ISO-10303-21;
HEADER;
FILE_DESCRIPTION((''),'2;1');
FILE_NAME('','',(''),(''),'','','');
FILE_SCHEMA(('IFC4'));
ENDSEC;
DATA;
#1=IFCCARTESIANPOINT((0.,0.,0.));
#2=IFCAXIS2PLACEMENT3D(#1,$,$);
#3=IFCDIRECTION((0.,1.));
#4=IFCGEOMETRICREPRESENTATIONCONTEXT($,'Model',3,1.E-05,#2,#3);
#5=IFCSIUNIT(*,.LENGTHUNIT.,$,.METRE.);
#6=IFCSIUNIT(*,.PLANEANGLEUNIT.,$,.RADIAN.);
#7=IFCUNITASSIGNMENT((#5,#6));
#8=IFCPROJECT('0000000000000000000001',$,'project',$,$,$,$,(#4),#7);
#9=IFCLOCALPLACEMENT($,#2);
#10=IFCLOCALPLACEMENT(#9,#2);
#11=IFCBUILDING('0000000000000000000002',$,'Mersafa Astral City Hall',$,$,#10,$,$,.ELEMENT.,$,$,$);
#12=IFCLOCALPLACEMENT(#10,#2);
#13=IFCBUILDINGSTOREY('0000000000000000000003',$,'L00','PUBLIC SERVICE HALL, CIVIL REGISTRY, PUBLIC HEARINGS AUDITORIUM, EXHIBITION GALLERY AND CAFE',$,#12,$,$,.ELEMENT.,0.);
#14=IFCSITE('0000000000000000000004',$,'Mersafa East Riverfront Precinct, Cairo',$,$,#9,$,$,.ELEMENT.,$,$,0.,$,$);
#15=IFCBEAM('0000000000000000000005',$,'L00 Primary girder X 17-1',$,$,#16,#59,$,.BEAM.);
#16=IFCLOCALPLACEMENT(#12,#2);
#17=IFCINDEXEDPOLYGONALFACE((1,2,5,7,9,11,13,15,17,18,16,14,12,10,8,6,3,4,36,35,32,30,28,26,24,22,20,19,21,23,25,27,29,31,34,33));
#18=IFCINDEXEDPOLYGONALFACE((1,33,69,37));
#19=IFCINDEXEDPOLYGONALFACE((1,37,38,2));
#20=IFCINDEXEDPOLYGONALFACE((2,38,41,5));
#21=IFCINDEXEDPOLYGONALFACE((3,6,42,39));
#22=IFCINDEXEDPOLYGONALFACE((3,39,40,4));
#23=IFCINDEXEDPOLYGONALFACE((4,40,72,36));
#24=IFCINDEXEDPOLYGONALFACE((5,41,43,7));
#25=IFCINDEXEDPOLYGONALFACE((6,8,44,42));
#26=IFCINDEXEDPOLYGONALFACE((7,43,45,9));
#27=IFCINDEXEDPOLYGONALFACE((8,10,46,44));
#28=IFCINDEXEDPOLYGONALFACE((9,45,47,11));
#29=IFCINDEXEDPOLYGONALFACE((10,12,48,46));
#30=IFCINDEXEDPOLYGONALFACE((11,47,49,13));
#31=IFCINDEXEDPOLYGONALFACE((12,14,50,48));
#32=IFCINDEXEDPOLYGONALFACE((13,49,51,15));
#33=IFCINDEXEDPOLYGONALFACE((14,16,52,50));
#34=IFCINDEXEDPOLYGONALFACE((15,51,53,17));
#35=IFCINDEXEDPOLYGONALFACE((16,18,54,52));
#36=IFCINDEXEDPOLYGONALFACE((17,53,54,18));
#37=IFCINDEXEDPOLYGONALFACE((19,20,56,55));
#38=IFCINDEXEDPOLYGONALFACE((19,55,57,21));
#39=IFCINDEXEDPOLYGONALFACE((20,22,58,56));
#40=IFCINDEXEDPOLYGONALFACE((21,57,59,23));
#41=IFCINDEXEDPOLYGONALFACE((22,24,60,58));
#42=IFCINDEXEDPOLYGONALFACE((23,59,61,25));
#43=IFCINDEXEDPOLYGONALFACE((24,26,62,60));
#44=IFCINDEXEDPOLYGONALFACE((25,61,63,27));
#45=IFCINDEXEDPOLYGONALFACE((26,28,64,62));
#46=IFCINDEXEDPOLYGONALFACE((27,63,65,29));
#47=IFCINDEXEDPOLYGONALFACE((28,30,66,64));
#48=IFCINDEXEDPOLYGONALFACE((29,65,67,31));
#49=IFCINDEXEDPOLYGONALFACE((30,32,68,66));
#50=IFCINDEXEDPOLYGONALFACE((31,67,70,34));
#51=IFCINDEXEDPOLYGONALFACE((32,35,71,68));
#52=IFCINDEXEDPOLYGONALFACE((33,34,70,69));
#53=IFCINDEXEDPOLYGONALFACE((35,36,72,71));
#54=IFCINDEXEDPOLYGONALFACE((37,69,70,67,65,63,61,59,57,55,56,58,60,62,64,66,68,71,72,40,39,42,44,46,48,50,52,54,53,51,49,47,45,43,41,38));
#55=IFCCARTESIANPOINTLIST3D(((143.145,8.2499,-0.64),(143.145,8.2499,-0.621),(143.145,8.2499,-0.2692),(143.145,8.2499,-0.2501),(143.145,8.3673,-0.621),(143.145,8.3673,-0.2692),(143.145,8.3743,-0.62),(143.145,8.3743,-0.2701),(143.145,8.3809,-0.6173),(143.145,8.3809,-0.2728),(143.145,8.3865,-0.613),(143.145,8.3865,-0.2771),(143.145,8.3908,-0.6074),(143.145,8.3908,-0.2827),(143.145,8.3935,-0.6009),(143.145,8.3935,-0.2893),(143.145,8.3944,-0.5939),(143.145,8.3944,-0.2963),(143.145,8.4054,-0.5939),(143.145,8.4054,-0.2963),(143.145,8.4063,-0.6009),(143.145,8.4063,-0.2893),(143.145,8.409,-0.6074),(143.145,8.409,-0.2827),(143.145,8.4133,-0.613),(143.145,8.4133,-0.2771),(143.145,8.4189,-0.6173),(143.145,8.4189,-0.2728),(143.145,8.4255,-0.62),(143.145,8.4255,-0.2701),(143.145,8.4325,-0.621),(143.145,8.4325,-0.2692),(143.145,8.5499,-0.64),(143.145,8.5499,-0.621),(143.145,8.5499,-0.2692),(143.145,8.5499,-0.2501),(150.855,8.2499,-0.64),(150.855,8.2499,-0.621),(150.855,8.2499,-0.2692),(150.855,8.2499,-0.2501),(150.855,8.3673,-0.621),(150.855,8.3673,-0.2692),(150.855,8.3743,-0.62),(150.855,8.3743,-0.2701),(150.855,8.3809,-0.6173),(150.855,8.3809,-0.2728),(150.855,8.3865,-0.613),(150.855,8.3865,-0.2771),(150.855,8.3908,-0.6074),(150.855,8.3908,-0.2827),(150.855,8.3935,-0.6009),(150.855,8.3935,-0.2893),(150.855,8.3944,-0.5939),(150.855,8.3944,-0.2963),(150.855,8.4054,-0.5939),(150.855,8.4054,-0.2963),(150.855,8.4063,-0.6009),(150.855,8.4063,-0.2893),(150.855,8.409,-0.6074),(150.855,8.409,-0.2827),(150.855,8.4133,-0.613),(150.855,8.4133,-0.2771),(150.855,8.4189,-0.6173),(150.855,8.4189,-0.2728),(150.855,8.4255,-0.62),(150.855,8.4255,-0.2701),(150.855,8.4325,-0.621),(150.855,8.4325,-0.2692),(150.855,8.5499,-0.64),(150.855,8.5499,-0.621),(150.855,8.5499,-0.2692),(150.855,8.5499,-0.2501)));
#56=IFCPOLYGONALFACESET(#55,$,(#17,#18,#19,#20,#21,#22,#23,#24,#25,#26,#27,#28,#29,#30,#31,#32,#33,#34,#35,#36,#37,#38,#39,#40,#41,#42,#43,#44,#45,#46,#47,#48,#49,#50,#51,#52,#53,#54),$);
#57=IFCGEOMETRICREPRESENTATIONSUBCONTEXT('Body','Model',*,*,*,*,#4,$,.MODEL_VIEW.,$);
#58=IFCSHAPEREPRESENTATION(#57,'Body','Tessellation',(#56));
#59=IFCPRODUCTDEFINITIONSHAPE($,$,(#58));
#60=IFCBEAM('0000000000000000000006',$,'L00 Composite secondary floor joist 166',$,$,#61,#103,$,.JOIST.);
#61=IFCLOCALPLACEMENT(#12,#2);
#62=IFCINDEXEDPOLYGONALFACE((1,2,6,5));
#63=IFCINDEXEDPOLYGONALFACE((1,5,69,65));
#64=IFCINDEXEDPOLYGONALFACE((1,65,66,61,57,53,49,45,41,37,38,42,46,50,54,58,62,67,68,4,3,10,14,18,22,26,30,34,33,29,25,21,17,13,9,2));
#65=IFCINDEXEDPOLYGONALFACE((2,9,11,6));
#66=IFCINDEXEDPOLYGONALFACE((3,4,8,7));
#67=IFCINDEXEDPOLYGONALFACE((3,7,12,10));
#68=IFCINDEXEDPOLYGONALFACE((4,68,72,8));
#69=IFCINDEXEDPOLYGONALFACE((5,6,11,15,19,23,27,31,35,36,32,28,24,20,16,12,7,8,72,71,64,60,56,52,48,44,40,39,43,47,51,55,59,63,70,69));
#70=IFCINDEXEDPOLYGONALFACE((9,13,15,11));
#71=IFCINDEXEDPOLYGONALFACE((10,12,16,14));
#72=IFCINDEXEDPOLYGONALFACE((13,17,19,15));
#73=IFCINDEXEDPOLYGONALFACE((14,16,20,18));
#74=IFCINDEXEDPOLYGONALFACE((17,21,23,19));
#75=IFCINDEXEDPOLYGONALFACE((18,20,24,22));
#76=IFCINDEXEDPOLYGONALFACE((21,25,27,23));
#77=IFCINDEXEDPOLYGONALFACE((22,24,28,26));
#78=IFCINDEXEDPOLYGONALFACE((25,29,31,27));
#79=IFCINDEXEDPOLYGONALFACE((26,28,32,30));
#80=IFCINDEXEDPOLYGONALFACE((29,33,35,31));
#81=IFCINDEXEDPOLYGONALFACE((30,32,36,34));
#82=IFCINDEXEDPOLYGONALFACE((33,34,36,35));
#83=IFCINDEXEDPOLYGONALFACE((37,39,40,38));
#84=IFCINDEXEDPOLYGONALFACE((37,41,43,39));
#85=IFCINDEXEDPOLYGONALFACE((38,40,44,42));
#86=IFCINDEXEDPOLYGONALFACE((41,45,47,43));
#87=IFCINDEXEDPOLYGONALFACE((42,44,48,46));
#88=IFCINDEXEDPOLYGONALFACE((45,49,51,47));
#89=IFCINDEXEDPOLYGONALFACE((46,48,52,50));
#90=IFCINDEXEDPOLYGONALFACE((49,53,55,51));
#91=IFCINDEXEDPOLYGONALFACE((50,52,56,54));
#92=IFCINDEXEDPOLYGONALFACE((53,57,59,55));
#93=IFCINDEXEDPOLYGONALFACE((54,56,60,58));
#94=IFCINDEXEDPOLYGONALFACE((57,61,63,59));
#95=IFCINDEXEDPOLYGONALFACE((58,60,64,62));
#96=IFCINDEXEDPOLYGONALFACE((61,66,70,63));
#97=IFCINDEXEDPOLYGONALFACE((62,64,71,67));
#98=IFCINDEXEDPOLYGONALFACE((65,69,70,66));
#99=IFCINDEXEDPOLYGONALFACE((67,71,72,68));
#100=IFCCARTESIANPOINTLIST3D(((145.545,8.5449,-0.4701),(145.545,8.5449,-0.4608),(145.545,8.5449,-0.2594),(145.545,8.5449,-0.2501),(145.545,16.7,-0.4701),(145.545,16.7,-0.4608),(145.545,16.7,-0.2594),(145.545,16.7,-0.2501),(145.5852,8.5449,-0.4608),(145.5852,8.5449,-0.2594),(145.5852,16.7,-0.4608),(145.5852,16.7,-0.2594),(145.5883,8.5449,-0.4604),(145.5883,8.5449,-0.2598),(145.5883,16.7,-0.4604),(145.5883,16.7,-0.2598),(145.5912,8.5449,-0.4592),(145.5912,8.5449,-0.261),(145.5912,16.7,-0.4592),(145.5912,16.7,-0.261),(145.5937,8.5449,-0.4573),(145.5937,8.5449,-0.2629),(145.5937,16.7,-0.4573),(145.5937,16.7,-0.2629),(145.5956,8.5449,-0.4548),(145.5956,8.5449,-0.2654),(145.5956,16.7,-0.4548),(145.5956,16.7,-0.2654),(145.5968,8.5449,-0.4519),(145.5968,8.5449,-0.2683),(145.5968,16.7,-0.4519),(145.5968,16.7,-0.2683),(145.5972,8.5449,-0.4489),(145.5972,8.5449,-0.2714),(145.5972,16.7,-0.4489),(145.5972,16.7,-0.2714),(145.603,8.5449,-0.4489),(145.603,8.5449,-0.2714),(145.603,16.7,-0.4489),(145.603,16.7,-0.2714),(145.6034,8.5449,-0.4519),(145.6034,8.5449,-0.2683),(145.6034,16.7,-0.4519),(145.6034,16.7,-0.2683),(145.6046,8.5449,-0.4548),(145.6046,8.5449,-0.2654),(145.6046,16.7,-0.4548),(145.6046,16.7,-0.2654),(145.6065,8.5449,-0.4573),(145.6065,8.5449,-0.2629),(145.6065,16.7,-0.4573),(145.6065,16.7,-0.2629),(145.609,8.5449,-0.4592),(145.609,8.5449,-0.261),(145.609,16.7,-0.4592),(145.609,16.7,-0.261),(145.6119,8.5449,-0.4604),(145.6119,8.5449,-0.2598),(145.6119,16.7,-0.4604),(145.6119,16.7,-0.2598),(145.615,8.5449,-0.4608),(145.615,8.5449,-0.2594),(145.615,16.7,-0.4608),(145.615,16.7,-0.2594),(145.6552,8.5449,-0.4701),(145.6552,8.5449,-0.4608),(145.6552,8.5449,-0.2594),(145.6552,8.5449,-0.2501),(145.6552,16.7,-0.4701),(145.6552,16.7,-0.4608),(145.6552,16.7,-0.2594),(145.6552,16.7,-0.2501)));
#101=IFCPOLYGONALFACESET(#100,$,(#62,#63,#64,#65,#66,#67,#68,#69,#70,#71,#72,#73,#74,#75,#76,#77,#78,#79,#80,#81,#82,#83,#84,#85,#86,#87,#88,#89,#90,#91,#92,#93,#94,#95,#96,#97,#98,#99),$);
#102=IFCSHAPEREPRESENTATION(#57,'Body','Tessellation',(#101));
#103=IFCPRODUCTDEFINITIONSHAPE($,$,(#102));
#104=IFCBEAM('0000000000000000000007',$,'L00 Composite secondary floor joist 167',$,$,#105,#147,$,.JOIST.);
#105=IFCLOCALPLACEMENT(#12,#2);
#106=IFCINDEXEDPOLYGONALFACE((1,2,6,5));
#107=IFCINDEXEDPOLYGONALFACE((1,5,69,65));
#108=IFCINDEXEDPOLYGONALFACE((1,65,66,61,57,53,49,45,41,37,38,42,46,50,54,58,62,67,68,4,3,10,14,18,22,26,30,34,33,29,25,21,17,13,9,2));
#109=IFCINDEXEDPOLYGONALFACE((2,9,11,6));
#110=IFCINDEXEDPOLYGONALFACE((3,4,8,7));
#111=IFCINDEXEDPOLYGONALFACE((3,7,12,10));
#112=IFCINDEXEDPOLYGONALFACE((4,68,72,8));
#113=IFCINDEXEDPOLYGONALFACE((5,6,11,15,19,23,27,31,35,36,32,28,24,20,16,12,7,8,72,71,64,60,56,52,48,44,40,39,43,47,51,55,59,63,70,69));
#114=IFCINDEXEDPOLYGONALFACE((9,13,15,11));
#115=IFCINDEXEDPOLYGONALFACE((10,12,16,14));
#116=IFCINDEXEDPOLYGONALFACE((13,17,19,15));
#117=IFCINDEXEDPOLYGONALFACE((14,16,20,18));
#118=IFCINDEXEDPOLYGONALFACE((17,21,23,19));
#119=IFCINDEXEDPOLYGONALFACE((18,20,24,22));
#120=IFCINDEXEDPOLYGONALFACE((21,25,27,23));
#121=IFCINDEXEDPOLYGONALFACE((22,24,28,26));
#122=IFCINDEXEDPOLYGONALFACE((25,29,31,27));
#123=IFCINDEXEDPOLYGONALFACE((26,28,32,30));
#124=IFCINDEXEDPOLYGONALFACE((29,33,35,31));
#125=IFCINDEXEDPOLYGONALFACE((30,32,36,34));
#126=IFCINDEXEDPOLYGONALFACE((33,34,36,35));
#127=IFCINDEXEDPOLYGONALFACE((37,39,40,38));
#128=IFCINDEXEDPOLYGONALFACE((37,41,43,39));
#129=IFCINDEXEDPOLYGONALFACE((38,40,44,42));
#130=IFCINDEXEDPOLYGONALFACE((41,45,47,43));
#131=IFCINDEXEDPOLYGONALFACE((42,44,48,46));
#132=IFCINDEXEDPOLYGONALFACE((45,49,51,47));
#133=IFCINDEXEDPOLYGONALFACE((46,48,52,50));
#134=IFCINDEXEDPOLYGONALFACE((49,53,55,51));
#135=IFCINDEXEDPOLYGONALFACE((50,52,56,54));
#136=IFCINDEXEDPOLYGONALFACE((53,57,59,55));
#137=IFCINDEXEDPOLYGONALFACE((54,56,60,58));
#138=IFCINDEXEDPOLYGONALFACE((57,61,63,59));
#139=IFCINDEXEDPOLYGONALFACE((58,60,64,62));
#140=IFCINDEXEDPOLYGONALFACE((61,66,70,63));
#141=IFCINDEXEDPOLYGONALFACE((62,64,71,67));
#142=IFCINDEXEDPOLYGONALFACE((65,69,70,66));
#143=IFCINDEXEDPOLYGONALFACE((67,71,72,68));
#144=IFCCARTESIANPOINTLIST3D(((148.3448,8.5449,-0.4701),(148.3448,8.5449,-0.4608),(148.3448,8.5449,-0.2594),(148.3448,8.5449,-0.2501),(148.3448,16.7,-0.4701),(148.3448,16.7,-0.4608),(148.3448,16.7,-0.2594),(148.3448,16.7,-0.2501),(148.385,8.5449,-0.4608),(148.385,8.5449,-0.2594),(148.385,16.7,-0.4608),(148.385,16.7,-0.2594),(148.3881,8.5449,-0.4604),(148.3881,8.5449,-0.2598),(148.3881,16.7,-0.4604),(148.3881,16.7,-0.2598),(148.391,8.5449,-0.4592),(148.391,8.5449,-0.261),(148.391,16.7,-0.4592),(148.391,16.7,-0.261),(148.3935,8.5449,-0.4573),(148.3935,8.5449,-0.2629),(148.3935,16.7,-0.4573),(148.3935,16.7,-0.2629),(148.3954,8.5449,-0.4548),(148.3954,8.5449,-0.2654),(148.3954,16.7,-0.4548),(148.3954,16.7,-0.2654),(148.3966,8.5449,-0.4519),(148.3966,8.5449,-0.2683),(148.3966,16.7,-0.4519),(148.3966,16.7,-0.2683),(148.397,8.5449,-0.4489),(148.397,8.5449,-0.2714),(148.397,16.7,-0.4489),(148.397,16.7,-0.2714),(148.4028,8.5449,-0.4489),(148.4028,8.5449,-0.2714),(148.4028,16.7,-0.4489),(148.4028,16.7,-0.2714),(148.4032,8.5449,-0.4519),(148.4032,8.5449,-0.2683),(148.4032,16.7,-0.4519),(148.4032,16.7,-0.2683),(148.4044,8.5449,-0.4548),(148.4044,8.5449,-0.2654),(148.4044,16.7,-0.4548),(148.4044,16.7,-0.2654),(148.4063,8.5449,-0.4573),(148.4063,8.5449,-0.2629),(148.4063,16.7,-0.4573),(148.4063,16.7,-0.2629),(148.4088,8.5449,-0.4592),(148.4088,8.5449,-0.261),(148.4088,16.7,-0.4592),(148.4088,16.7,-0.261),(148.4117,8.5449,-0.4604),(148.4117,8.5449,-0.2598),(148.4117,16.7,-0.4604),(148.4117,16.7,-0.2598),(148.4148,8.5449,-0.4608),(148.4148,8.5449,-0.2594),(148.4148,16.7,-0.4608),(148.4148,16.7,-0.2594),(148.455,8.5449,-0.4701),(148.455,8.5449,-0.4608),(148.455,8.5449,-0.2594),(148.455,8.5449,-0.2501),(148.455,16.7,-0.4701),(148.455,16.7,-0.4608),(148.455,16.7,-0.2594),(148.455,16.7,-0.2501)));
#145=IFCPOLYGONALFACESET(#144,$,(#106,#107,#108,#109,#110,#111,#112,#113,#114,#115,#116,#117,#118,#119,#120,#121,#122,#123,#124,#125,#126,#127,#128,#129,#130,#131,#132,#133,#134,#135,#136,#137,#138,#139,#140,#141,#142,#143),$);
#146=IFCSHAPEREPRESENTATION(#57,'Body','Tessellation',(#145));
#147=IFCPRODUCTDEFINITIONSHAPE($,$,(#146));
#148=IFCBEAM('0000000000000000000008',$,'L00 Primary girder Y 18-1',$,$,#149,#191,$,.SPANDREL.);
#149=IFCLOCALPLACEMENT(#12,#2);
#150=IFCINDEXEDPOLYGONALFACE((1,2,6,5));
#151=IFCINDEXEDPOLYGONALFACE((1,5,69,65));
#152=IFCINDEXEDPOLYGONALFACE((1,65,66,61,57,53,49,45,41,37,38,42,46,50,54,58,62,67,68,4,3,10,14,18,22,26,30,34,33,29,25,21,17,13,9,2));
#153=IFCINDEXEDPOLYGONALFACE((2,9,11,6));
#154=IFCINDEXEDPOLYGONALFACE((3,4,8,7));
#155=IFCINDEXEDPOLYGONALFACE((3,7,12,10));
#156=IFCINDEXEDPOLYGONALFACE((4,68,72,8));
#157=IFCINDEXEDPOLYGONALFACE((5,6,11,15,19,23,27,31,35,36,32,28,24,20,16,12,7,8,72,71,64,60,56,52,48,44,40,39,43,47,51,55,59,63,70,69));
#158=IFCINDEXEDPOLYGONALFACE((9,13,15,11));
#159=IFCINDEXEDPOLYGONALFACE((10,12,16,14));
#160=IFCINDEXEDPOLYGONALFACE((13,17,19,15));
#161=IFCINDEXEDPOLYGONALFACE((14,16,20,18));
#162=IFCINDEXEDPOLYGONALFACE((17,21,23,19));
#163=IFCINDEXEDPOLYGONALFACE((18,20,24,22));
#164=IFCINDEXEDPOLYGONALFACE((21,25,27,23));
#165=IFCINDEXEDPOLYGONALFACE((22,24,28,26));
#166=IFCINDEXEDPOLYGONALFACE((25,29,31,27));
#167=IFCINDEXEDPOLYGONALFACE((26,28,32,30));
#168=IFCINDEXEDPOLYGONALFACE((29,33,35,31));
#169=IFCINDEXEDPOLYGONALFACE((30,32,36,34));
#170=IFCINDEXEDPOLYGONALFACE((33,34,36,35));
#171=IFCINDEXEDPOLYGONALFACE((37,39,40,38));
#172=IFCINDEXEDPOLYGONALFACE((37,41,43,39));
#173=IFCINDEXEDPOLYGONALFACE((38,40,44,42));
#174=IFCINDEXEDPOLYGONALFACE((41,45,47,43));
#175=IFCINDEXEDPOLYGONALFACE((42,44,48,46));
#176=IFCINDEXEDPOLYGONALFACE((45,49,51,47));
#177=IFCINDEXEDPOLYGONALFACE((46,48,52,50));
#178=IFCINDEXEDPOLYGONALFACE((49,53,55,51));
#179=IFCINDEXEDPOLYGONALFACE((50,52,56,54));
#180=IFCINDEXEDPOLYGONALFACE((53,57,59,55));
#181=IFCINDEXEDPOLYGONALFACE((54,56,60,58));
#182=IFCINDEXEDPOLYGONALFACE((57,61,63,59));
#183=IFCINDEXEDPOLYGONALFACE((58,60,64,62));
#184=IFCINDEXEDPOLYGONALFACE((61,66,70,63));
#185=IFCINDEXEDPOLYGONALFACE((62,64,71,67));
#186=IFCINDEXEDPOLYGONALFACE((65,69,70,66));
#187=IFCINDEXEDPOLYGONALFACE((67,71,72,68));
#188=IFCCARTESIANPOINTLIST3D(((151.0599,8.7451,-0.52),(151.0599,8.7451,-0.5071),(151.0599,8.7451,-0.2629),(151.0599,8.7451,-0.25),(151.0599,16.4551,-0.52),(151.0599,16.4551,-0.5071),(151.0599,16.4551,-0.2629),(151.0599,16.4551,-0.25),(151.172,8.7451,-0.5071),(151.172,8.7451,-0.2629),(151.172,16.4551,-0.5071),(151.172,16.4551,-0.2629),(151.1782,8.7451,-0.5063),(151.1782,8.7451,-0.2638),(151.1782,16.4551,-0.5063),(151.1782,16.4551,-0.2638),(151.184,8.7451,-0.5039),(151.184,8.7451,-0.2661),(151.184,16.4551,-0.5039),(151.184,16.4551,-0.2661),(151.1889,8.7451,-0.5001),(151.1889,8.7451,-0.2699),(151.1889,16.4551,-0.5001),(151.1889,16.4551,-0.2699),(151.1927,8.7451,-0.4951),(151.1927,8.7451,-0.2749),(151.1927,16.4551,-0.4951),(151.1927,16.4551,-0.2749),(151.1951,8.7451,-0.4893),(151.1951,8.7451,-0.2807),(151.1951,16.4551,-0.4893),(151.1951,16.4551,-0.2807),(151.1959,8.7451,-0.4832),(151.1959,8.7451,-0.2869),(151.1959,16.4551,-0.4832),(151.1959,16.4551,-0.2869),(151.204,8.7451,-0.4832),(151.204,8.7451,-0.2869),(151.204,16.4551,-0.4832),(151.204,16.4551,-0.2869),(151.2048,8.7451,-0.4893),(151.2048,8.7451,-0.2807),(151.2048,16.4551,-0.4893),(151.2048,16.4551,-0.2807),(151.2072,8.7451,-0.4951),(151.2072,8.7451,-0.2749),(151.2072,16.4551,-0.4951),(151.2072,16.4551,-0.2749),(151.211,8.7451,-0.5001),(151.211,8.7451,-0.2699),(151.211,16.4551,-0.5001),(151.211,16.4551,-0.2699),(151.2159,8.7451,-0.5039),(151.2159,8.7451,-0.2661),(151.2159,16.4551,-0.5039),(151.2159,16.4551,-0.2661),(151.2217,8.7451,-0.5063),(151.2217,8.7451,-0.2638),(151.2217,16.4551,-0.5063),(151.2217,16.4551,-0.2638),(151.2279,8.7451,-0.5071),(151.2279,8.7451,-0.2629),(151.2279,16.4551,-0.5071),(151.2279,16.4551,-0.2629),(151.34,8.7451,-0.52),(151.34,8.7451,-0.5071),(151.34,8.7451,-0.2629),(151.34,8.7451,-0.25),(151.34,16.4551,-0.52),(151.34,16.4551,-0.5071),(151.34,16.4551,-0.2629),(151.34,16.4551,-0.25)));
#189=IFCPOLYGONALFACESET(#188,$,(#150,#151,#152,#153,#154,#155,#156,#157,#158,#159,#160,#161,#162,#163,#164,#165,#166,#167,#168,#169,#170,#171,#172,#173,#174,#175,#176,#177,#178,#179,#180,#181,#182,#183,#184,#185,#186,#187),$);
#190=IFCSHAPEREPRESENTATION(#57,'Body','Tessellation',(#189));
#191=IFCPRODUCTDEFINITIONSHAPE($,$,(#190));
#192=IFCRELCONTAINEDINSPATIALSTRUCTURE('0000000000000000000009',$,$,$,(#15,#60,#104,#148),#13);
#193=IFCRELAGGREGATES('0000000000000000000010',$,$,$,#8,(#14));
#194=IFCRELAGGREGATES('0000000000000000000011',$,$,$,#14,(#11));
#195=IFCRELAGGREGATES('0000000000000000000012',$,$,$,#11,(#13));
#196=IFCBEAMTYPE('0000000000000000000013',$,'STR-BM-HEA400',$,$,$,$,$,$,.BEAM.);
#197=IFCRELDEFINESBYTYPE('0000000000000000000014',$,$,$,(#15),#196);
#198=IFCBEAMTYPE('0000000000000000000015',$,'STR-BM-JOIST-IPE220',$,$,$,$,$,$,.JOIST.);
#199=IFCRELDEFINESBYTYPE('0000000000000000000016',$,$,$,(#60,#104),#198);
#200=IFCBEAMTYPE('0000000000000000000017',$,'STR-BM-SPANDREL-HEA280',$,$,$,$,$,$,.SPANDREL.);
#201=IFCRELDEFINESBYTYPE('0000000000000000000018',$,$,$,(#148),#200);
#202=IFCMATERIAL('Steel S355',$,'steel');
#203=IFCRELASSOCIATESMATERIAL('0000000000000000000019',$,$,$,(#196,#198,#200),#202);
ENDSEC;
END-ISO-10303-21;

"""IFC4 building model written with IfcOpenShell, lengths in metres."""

from ifc_helpers import new_model, si_unit, direction, frame, origin, origin_2d, place, context, subcontext, project, spatial, i_section, extrude, material, material_profile, profile_set, type_object, element, save


model = new_model("IFC4")

# Units and contexts
model_context = context("Model", 3, precision=1e-05, world=origin(), true_north=direction((0.0, 1.0)))
body_context = subcontext(model_context, "Body", "Model", "MODEL_VIEW")
ifc_project = project(units=[si_unit("LENGTHUNIT", "METRE"), si_unit("PLANEANGLEUNIT", "RADIAN")], contexts=[model_context])

# Site, building, storey
site_placement = place(None, origin())
site = spatial("IfcSite", under=ifc_project, at=site_placement, Name="Mersafa East Riverfront Precinct, Cairo", CompositionType="ELEMENT", RefElevation=0.0)
building_placement = place(site_placement, origin())
building = spatial("IfcBuilding", under=site, at=building_placement, Name="Mersafa Astral City Hall", CompositionType="ELEMENT")
storey_placement = place(building_placement, origin())
storey = spatial("IfcBuildingStorey", under=building, at=storey_placement, Name="L00", Description="PUBLIC SERVICE HALL, CIVIL REGISTRY, PUBLIC HEARINGS AUDITORIUM, EXHIBITION GALLERY AND CAFE", CompositionType="ELEMENT", Elevation=0.0)

# Shared definitions
ifc_material_1 = material(Name="Steel S355", Category="steel")

# Beams
ifc_material_profile_1 = material_profile(ifc_material_1, i_section(OverallWidth=0.3, OverallDepth=0.3899, WebThickness=0.011, FlangeThickness=0.019, FilletRadius=0.0271, at=origin_2d()), Name="HEA 400")
ifc_profile_set_1 = profile_set([ifc_material_profile_1], Name="Steel S355")
beam_type_1 = type_object("IfcBeamType", Name="STR-BM-HEA400", PredefinedType="BEAM", material=ifc_profile_set_1)
beam_1_placement = place(storey_placement, frame((143.145, 8.3999, -0.4451), z_axis=(1.0, 0.0, 0.0), x_axis=(0.0, 1.0, 0.0)))
element("IfcBeam", 1, at=beam_1_placement, inside=storey, type_object=beam_type_1, Name="L00 Primary girder X 17-1", PredefinedType="BEAM", context=body_context, shape_type="SweptSolid", body=[
    extrude(i_section(OverallWidth=0.3, OverallDepth=0.3899, WebThickness=0.011, FlangeThickness=0.019, FilletRadius=0.0271, at=origin_2d()), origin(), (0.0, 0.0, 1.0), 7.71),
])
ifc_material_profile_2 = material_profile(ifc_material_1, i_section(OverallWidth=0.1101, OverallDepth=0.22, WebThickness=0.0059, FlangeThickness=0.0093, FilletRadius=0.012, at=origin_2d()), Name="IPE 220")
ifc_profile_set_2 = profile_set([ifc_material_profile_2], Name="Steel S355")
beam_type_2 = type_object("IfcBeamType", Name="STR-BM-JOIST-IPE220", PredefinedType="JOIST", material=ifc_profile_set_2)
for number, where, z_axis, x_axis, name in (
    (2, (145.6001, 8.5449, -0.3601), (0.0, 1.0, 0.0), (-1.0, 0.0, 0.0), "L00 Composite secondary floor joist 166"),
    (3, (148.3999, 8.5449, -0.3601), (0.0, 1.0, 0.0), (-1.0, 0.0, 0.0), "L00 Composite secondary floor joist 167"),
):
    element("IfcBeam", number, at=place(storey_placement, frame(where, z_axis=z_axis, x_axis=x_axis)), inside=storey, type_object=beam_type_2, Name=name, PredefinedType="JOIST", context=body_context, shape_type="SweptSolid", body=[
        extrude(i_section(OverallWidth=0.1101, OverallDepth=0.22, WebThickness=0.0059, FlangeThickness=0.0093, FilletRadius=0.012, at=origin_2d()), origin(), (0.0, 0.0, 1.0), 8.155),
    ])
ifc_material_profile_3 = material_profile(ifc_material_1, i_section(OverallWidth=0.28, OverallDepth=0.27, WebThickness=0.0081, FlangeThickness=0.0129, FilletRadius=0.0239, at=origin_2d()), Name="HEA 280")
ifc_profile_set_3 = profile_set([ifc_material_profile_3], Name="Steel S355")
beam_type_3 = type_object("IfcBeamType", Name="STR-BM-SPANDREL-HEA280", PredefinedType="SPANDREL", material=ifc_profile_set_3)
beam_2_placement = place(storey_placement, frame((151.2, 8.7451, -0.385), z_axis=(0.0, 1.0, 0.0), x_axis=(-1.0, 0.0, 0.0)))
element("IfcBeam", 4, at=beam_2_placement, inside=storey, type_object=beam_type_3, Name="L00 Primary girder Y 18-1", PredefinedType="SPANDREL", context=body_context, shape_type="SweptSolid", body=[
    extrude(i_section(OverallWidth=0.28, OverallDepth=0.27, WebThickness=0.0081, FlangeThickness=0.0129, FilletRadius=0.0239, at=origin_2d()), origin(), (0.0, 0.0, 1.0), 7.71),
])

save(model, "model.ifc")
